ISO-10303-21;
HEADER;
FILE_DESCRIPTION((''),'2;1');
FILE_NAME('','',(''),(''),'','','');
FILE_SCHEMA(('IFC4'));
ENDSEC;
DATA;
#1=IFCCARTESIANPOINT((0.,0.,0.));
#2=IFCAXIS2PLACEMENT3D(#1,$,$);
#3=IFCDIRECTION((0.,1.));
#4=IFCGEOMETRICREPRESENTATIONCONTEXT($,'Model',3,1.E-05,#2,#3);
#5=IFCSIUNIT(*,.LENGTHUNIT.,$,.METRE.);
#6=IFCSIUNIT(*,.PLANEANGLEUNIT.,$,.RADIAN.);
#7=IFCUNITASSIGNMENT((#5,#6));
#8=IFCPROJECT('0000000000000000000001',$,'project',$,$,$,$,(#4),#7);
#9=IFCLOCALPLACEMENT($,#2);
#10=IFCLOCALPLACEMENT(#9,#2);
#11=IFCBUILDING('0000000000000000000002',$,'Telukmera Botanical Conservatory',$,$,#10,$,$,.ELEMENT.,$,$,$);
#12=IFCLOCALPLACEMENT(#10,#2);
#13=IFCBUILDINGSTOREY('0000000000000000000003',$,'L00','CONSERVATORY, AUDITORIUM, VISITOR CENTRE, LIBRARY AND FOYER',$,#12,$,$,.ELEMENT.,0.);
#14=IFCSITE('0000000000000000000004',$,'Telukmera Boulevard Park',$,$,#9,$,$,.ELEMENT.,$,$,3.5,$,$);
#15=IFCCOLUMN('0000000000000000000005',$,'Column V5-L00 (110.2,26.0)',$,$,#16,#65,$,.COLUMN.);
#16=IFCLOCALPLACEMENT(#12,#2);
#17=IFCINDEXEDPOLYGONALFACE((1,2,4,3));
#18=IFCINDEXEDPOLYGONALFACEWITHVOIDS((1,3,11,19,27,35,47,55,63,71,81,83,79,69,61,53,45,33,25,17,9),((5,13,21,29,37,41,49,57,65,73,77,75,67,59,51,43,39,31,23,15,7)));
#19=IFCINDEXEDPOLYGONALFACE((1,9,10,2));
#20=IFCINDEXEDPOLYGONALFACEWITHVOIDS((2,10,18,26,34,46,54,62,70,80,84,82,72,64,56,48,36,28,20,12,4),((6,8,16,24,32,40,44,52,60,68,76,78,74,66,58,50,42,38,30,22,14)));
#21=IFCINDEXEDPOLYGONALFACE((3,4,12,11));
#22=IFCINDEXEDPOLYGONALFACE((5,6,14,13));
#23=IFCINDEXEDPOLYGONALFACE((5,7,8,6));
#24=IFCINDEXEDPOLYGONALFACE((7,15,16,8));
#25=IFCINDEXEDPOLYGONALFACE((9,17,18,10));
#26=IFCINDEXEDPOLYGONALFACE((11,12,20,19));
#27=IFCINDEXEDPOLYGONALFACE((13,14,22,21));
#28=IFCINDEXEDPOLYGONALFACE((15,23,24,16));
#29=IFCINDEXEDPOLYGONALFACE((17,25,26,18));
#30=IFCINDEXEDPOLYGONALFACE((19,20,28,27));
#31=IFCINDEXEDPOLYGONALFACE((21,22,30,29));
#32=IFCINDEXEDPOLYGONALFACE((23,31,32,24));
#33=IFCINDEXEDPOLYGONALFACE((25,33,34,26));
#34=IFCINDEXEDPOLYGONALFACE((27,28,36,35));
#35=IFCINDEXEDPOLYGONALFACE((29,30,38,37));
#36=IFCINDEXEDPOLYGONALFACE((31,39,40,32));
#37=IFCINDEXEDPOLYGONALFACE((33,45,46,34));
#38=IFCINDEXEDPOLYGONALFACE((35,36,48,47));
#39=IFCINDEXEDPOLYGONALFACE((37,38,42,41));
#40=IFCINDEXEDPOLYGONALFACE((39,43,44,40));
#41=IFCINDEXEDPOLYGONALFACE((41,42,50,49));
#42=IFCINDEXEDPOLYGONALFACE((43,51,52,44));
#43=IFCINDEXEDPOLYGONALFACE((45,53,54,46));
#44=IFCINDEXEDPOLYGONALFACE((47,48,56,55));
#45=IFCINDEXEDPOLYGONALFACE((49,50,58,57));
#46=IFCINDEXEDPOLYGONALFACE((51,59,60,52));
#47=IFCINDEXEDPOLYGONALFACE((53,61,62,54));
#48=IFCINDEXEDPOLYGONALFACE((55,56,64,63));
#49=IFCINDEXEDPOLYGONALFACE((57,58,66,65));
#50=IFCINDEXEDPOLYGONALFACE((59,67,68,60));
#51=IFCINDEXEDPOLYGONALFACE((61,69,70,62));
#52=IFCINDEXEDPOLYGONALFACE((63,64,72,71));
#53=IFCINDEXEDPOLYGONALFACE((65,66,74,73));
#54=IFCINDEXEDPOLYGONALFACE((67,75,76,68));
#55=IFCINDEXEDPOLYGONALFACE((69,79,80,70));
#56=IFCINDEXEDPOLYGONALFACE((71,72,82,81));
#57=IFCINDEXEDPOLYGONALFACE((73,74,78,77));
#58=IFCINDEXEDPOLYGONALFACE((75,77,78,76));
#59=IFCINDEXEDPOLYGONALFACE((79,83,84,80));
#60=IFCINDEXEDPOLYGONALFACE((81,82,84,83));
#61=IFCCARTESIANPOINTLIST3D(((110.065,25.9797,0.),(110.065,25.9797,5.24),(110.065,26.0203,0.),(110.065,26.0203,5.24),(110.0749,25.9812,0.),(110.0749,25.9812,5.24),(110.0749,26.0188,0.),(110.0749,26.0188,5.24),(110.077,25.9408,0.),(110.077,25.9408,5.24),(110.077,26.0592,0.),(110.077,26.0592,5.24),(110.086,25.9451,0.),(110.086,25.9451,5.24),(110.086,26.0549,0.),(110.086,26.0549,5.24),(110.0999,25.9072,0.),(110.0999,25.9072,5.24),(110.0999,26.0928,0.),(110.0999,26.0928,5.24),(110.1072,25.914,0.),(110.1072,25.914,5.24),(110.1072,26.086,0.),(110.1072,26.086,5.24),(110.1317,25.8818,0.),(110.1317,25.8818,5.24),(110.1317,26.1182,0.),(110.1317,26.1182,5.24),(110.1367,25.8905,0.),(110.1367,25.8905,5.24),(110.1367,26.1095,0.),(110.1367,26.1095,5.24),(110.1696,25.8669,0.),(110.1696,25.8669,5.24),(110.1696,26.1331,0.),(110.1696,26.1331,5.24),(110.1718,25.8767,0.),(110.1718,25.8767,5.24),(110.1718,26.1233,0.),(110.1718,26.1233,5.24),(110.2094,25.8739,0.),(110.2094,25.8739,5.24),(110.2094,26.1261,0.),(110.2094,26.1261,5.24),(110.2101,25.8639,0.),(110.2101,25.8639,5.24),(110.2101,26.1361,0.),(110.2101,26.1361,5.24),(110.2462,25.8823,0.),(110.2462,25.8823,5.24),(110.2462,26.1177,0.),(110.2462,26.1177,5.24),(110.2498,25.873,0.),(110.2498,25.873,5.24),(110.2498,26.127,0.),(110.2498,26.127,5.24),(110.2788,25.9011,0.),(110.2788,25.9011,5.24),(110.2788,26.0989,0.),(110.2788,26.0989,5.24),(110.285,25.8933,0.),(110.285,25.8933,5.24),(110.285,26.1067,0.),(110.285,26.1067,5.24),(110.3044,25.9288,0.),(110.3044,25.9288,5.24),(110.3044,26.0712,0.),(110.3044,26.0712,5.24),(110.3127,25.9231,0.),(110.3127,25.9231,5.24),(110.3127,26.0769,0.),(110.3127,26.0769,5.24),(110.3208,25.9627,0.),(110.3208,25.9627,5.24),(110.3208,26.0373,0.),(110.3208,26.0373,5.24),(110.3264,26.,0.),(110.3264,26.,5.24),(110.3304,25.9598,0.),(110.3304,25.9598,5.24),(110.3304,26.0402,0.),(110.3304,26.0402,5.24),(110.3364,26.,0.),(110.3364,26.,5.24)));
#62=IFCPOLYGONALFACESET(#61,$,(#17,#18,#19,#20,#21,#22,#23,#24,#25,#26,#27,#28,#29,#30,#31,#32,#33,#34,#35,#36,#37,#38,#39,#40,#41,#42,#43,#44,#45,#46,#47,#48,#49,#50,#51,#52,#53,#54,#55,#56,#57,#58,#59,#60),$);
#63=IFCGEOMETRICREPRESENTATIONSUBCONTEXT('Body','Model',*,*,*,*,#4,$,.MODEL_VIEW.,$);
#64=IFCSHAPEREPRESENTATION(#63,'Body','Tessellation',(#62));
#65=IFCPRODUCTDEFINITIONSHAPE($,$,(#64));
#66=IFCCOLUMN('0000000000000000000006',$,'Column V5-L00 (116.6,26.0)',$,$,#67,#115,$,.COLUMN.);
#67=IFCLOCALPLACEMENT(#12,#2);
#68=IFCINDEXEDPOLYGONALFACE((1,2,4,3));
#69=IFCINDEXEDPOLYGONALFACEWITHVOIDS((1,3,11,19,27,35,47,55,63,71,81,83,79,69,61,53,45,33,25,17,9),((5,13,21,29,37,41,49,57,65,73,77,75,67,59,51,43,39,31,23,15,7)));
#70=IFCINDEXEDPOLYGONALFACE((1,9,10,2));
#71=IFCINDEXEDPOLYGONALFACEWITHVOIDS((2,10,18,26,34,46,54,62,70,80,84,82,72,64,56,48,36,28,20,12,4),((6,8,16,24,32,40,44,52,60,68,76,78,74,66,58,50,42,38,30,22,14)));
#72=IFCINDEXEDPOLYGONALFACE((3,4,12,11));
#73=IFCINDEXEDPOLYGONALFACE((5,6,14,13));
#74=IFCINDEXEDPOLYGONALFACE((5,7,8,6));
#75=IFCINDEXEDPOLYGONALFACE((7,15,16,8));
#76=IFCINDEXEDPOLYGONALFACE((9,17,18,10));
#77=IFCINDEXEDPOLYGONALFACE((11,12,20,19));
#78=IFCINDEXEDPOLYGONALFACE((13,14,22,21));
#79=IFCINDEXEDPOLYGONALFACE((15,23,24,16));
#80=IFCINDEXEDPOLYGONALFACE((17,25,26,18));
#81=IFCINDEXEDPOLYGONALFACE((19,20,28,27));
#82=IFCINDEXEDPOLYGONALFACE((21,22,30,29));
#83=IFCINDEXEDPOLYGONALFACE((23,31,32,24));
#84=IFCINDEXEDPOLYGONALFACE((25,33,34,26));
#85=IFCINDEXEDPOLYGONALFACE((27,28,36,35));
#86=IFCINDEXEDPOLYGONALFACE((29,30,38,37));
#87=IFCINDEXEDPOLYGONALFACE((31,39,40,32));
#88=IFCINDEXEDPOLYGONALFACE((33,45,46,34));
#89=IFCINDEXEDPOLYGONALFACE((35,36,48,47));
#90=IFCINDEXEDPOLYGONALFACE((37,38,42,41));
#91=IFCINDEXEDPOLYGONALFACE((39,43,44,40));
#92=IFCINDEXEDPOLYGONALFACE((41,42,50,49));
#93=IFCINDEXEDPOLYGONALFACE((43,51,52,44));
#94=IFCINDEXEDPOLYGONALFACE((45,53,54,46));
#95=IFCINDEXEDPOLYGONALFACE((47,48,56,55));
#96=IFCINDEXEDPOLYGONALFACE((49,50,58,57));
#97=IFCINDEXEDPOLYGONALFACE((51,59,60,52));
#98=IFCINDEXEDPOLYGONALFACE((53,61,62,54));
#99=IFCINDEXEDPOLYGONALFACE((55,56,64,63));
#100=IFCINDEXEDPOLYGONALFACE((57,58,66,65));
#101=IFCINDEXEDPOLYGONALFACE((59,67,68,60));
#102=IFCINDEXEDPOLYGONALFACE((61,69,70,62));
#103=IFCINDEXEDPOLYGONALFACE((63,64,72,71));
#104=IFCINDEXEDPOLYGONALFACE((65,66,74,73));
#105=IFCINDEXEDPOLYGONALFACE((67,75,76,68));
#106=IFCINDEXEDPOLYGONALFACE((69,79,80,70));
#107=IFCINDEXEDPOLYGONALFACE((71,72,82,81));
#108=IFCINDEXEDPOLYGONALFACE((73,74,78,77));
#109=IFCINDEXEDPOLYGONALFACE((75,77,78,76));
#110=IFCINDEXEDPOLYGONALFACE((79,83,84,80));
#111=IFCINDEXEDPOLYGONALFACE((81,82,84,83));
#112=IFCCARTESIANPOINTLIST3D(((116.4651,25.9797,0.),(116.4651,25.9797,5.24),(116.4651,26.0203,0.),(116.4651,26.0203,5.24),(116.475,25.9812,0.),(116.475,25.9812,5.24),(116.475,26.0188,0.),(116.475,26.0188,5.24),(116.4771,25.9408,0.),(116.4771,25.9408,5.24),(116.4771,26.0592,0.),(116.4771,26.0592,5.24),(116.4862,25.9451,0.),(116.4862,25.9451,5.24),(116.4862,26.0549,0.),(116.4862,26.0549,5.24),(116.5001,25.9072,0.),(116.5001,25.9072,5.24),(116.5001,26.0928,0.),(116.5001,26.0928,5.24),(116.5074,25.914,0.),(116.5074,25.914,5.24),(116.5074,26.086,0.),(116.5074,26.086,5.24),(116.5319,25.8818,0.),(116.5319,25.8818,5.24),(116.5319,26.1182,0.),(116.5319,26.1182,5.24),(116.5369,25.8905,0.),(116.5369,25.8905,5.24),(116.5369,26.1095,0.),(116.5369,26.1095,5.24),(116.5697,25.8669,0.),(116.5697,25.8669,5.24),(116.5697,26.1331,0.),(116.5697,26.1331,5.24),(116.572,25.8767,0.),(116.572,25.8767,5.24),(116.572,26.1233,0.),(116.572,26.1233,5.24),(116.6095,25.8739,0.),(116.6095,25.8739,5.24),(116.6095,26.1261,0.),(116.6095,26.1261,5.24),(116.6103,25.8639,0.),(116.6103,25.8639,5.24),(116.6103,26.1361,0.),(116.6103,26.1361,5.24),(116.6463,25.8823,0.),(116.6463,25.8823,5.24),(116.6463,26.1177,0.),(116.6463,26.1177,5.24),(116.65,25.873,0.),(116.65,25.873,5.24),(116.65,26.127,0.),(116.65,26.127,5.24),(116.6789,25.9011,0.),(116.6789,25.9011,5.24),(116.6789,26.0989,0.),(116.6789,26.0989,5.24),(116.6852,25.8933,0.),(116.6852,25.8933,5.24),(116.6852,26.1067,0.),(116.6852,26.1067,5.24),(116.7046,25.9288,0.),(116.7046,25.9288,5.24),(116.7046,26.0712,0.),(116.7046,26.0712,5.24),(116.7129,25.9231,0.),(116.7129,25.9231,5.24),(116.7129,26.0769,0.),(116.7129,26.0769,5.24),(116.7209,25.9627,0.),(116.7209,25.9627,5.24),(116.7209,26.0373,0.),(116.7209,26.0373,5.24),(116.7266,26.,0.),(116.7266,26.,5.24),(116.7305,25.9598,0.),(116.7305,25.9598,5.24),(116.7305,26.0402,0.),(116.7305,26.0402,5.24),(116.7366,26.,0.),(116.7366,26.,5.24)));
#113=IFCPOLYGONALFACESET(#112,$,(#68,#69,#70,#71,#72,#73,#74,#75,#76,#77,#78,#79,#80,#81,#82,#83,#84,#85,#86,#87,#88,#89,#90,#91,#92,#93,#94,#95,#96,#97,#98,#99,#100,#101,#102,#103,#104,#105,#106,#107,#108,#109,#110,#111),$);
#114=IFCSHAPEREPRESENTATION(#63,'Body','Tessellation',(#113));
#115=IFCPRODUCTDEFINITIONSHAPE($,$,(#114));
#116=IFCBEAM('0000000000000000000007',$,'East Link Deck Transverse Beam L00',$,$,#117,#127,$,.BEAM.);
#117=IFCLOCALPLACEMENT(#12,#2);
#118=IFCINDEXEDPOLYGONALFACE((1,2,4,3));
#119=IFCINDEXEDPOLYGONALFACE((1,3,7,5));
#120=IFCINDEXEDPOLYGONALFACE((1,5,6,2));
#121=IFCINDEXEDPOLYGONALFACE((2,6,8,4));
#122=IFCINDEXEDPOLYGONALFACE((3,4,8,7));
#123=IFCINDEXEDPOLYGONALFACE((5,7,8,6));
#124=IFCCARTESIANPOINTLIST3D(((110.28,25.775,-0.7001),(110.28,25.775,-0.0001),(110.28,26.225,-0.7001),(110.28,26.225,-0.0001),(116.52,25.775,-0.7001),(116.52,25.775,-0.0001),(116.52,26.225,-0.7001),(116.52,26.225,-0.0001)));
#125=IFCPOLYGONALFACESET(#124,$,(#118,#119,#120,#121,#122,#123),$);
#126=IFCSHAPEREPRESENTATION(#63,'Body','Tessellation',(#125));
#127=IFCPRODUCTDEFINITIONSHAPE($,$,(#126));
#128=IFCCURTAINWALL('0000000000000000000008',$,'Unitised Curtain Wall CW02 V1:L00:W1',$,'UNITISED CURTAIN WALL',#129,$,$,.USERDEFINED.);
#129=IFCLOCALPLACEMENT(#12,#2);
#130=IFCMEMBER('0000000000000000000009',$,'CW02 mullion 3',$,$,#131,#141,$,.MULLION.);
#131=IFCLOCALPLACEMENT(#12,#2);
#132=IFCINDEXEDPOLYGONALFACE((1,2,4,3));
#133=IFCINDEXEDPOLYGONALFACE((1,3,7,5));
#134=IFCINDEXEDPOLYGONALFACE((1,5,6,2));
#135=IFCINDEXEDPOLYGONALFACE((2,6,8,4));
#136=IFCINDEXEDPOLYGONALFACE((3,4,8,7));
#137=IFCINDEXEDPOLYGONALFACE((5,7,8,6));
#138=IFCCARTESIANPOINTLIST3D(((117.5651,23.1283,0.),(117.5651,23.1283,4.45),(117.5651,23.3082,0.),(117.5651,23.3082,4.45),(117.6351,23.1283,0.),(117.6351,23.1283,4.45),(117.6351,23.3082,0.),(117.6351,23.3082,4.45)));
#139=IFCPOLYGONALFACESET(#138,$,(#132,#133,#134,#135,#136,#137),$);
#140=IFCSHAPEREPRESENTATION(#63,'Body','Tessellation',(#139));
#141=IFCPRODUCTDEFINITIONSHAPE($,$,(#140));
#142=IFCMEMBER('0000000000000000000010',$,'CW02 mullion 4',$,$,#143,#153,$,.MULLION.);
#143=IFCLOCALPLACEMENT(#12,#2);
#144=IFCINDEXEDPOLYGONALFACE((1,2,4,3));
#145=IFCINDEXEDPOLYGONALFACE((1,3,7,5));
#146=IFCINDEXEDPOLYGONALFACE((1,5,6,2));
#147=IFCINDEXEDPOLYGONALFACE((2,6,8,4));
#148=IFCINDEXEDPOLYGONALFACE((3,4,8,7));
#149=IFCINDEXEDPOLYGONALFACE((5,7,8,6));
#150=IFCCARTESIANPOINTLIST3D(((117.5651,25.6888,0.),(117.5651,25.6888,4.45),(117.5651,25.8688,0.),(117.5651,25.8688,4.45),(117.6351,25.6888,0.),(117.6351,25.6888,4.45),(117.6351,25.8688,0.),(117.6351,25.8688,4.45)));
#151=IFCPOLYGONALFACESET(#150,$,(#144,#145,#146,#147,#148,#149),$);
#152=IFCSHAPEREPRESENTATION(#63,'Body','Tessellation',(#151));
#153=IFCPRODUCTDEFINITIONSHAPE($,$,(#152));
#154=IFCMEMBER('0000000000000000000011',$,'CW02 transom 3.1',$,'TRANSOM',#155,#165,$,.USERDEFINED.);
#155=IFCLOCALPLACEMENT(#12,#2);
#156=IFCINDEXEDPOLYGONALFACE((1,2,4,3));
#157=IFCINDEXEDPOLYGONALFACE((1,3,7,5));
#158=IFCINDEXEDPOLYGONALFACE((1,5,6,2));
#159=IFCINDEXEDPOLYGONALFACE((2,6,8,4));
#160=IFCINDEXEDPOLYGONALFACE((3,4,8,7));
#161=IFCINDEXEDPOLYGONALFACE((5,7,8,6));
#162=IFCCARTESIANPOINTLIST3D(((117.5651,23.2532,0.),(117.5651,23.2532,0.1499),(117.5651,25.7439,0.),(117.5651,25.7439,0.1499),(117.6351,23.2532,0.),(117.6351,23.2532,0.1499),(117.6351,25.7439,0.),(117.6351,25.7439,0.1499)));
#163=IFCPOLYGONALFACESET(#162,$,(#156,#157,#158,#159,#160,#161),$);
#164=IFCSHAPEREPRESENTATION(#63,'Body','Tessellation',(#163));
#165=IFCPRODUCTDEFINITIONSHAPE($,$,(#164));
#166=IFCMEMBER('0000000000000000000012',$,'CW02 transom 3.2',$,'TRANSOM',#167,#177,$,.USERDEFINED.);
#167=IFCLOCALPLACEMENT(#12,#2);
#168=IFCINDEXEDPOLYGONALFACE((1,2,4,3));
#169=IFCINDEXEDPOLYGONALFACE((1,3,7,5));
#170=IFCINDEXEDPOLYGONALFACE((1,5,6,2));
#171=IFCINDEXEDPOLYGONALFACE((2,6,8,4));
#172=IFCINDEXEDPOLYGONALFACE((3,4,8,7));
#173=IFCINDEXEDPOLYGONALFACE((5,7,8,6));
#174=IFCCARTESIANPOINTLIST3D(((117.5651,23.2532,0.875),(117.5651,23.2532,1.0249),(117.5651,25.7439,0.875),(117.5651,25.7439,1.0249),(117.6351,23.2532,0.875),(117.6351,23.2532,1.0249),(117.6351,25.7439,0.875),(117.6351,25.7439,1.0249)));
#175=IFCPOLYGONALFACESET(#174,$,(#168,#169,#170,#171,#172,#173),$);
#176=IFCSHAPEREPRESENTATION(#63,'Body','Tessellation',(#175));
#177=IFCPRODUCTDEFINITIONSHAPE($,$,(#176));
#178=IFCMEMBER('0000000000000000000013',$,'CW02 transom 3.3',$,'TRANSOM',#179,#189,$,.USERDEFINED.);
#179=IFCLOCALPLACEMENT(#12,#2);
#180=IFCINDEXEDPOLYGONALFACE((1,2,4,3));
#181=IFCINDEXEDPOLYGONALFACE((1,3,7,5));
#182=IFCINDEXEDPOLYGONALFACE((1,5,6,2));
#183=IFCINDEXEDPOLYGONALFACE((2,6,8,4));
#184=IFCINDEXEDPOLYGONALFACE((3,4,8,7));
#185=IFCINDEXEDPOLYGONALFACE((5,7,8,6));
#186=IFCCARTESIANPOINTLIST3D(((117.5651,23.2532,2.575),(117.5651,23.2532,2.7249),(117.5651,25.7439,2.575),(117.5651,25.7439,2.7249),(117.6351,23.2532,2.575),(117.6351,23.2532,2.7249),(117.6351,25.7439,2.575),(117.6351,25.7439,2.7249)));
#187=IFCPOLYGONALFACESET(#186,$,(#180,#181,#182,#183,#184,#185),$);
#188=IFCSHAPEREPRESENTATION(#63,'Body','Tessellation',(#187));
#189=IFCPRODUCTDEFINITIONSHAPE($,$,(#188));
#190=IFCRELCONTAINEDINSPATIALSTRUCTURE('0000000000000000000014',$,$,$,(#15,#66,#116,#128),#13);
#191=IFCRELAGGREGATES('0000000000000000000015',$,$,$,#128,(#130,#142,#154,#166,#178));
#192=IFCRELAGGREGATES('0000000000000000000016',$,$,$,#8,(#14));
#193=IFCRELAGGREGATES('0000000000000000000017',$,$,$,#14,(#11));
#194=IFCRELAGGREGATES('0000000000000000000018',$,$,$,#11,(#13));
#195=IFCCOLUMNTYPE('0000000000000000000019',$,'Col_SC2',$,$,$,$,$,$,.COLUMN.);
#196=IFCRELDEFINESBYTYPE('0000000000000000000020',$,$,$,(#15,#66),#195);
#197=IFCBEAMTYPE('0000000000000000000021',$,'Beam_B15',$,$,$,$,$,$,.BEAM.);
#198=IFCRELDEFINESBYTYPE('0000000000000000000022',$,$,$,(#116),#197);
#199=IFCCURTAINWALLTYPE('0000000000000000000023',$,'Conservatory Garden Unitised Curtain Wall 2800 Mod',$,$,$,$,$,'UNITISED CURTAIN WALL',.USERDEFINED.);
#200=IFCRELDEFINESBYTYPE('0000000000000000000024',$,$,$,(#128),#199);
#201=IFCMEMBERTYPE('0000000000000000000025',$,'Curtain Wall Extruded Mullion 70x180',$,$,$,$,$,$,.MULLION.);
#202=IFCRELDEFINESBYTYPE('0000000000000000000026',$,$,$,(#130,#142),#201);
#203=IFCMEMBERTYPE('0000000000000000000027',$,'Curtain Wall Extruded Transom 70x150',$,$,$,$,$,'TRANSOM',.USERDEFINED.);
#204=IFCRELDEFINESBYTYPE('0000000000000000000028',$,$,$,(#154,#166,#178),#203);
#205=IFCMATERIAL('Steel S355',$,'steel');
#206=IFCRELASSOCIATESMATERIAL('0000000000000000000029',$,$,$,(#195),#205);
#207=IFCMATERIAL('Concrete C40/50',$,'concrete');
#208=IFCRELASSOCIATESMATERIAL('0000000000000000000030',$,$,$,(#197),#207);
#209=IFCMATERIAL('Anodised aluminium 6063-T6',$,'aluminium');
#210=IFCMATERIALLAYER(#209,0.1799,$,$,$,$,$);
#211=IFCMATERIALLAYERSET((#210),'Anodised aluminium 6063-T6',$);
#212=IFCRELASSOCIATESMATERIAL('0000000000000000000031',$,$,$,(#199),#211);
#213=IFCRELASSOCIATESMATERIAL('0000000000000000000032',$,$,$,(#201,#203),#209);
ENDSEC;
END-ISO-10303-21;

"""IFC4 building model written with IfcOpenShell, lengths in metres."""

from ifc_helpers import new_model, si_unit, direction, frame, origin, origin_2d, place, context, subcontext, project, spatial, rectangle, hollow_circle, extrude, material, layer, layer_set, material_profile, profile_set, type_object, element, aggregate, save


model = new_model("IFC4")

# Units and contexts
model_context = context("Model", 3, precision=1e-05, world=origin(), true_north=direction((0.0, 1.0)))
body_context = subcontext(model_context, "Body", "Model", "MODEL_VIEW")
ifc_project = project(units=[si_unit("LENGTHUNIT", "METRE"), si_unit("PLANEANGLEUNIT", "RADIAN")], contexts=[model_context])

# Site, building, storey
site_placement = place(None, origin())
site = spatial("IfcSite", under=ifc_project, at=site_placement, Name="Telukmera Boulevard Park", CompositionType="ELEMENT", RefElevation=3.5)
building_placement = place(site_placement, origin())
building = spatial("IfcBuilding", under=site, at=building_placement, Name="Telukmera Botanical Conservatory", CompositionType="ELEMENT")
storey_placement = place(building_placement, origin())
storey = spatial("IfcBuildingStorey", under=building, at=storey_placement, Name="L00", Description="CONSERVATORY, AUDITORIUM, VISITOR CENTRE, LIBRARY AND FOYER", CompositionType="ELEMENT", Elevation=0.0)

# Columns
ifc_material_1 = material(Name="Steel S355", Category="steel")
ifc_material_profile_1 = material_profile(ifc_material_1, hollow_circle(Radius=0.1365, WallThickness=0.01, at=origin_2d()), Name="CHS 273.0x10.0")
ifc_profile_set_1 = profile_set([ifc_material_profile_1], Name="Steel S355")
column_type = type_object("IfcColumnType", Name="Col_SC2", PredefinedType="COLUMN", material=ifc_profile_set_1)
for number, where, z_axis, x_axis, name in (
    (1, (110.2, 26.0, 0.0), (0.0, 0.0, 1.0), (1.0, 0.0, 0.0), "Column V5-L00 (110.2,26.0)"),
    (2, (116.6001, 26.0, 0.0), (0.0, 0.0, 1.0), (1.0, 0.0, 0.0), "Column V5-L00 (116.6,26.0)"),
):
    element("IfcColumn", number, at=place(storey_placement, frame(where, z_axis=z_axis, x_axis=x_axis)), inside=storey, type_object=column_type, Name=name, PredefinedType="COLUMN", context=body_context, shape_type="SweptSolid", body=[
        extrude(hollow_circle(Radius=0.1365, WallThickness=0.01, at=origin_2d()), origin(), (0.0, 0.0, 1.0), 5.24),
    ])

# Beam
ifc_material_2 = material(Name="Concrete C40/50", Category="concrete")
ifc_material_profile_2 = material_profile(ifc_material_2, rectangle(XDim=0.45, YDim=0.7, at=origin_2d()), Name="RC 450x700")
ifc_profile_set_2 = profile_set([ifc_material_profile_2], Name="Concrete C40/50")
beam_type = type_object("IfcBeamType", Name="Beam_B15", PredefinedType="BEAM", material=ifc_profile_set_2)
beam_placement = place(storey_placement, frame((110.28, 26.0, -0.3501), z_axis=(1.0, 0.0, 0.0), x_axis=(0.0, 1.0, 0.0)))
element("IfcBeam", 3, at=beam_placement, inside=storey, type_object=beam_type, Name="East Link Deck Transverse Beam L00", PredefinedType="BEAM", context=body_context, shape_type="SweptSolid", body=[
    extrude(rectangle(XDim=0.45, YDim=0.7, at=origin_2d()), origin(), (0.0, 0.0, 1.0), 6.24),
])

# Curtain wall, members
ifc_material_3 = material(Name="Anodised aluminium 6063-T6", Category="aluminium")
ifc_layer_1 = layer(ifc_material_3, 0.1799)
ifc_layer_set_1 = layer_set([ifc_layer_1], Name="Anodised aluminium 6063-T6")
curtain_wall_type = type_object("IfcCurtainWallType", Name="Conservatory Garden Unitised Curtain Wall 2800 Mod", ElementType="UNITISED CURTAIN WALL", PredefinedType="USERDEFINED", material=ifc_layer_set_1)
curtain_wall_placement = place(storey_placement, origin())
curtain_wall = element("IfcCurtainWall", 4, at=curtain_wall_placement, inside=storey, type_object=curtain_wall_type, Name="Unitised Curtain Wall CW02 V1:L00:W1", ObjectType="UNITISED CURTAIN WALL", PredefinedType="USERDEFINED")
ifc_material_profile_3 = material_profile(ifc_material_3, rectangle(XDim=0.0701, YDim=0.1799, at=origin_2d()), Name="ALU MULL 70x180")
ifc_profile_set_3 = profile_set([ifc_material_profile_3], Name="Anodised aluminium 6063-T6")
member_type_1 = type_object("IfcMemberType", Name="Curtain Wall Extruded Mullion 70x180", PredefinedType="MULLION", material=ifc_profile_set_3)
member_1_placement = place(storey_placement, frame((117.6001, 23.2183, 0.0), z_axis=(0.0, 0.0, 1.0), x_axis=(-1.0, 0.0, 0.0)))
member_1 = element("IfcMember", 5, at=member_1_placement, type_object=member_type_1, Name="CW02 mullion 3", PredefinedType="MULLION", context=body_context, shape_type="SweptSolid", body=[
    extrude(rectangle(XDim=0.0701, YDim=0.1799, at=origin_2d()), origin(), (0.0, 0.0, 1.0), 4.45),
])
member_2_placement = place(storey_placement, frame((117.6001, 25.7788, 0.0), z_axis=(0.0, 0.0, 1.0), x_axis=(-1.0, 0.0, 0.0)))
member_2 = element("IfcMember", 6, at=member_2_placement, type_object=member_type_1, Name="CW02 mullion 4", PredefinedType="MULLION", context=body_context, shape_type="SweptSolid", body=[
    extrude(rectangle(XDim=0.0701, YDim=0.1799, at=origin_2d()), origin(), (0.0, 0.0, 1.0), 4.45),
])
ifc_material_profile_4 = material_profile(ifc_material_3, rectangle(XDim=0.0701, YDim=0.1499, at=origin_2d()), Name="ALU TRAN 70x150")
ifc_profile_set_4 = profile_set([ifc_material_profile_4], Name="Anodised aluminium 6063-T6")
member_type_2 = type_object("IfcMemberType", Name="Curtain Wall Extruded Transom 70x150", ElementType="TRANSOM", PredefinedType="USERDEFINED", material=ifc_profile_set_4)
member_3_placement = place(storey_placement, frame((117.6001, 23.2532, 0.075), z_axis=(0.0, 1.0, 0.0), x_axis=(-1.0, 0.0, 0.0)))
member_3 = element("IfcMember", 7, at=member_3_placement, type_object=member_type_2, Name="CW02 transom 3.1", ObjectType="TRANSOM", PredefinedType="USERDEFINED", context=body_context, shape_type="SweptSolid", body=[
    extrude(rectangle(XDim=0.0701, YDim=0.1499, at=origin_2d()), origin(), (0.0, 0.0, 1.0), 2.4907),
])
member_4_placement = place(storey_placement, frame((117.6001, 23.2532, 0.95), z_axis=(0.0, 1.0, 0.0), x_axis=(-1.0, 0.0, 0.0)))
member_4 = element("IfcMember", 8, at=member_4_placement, type_object=member_type_2, Name="CW02 transom 3.2", ObjectType="TRANSOM", PredefinedType="USERDEFINED", context=body_context, shape_type="SweptSolid", body=[
    extrude(rectangle(XDim=0.0701, YDim=0.1499, at=origin_2d()), origin(), (0.0, 0.0, 1.0), 2.4907),
])
member_5_placement = place(storey_placement, frame((117.6001, 23.2532, 2.6499), z_axis=(0.0, 1.0, 0.0), x_axis=(-1.0, 0.0, 0.0)))
member_5 = element("IfcMember", 9, at=member_5_placement, type_object=member_type_2, Name="CW02 transom 3.3", ObjectType="TRANSOM", PredefinedType="USERDEFINED", context=body_context, shape_type="SweptSolid", body=[
    extrude(rectangle(XDim=0.0701, YDim=0.1499, at=origin_2d()), origin(), (0.0, 0.0, 1.0), 2.4907),
])

aggregate(curtain_wall, [member_1, member_2, member_3, member_4, member_5])

save(model, "model.ifc")
